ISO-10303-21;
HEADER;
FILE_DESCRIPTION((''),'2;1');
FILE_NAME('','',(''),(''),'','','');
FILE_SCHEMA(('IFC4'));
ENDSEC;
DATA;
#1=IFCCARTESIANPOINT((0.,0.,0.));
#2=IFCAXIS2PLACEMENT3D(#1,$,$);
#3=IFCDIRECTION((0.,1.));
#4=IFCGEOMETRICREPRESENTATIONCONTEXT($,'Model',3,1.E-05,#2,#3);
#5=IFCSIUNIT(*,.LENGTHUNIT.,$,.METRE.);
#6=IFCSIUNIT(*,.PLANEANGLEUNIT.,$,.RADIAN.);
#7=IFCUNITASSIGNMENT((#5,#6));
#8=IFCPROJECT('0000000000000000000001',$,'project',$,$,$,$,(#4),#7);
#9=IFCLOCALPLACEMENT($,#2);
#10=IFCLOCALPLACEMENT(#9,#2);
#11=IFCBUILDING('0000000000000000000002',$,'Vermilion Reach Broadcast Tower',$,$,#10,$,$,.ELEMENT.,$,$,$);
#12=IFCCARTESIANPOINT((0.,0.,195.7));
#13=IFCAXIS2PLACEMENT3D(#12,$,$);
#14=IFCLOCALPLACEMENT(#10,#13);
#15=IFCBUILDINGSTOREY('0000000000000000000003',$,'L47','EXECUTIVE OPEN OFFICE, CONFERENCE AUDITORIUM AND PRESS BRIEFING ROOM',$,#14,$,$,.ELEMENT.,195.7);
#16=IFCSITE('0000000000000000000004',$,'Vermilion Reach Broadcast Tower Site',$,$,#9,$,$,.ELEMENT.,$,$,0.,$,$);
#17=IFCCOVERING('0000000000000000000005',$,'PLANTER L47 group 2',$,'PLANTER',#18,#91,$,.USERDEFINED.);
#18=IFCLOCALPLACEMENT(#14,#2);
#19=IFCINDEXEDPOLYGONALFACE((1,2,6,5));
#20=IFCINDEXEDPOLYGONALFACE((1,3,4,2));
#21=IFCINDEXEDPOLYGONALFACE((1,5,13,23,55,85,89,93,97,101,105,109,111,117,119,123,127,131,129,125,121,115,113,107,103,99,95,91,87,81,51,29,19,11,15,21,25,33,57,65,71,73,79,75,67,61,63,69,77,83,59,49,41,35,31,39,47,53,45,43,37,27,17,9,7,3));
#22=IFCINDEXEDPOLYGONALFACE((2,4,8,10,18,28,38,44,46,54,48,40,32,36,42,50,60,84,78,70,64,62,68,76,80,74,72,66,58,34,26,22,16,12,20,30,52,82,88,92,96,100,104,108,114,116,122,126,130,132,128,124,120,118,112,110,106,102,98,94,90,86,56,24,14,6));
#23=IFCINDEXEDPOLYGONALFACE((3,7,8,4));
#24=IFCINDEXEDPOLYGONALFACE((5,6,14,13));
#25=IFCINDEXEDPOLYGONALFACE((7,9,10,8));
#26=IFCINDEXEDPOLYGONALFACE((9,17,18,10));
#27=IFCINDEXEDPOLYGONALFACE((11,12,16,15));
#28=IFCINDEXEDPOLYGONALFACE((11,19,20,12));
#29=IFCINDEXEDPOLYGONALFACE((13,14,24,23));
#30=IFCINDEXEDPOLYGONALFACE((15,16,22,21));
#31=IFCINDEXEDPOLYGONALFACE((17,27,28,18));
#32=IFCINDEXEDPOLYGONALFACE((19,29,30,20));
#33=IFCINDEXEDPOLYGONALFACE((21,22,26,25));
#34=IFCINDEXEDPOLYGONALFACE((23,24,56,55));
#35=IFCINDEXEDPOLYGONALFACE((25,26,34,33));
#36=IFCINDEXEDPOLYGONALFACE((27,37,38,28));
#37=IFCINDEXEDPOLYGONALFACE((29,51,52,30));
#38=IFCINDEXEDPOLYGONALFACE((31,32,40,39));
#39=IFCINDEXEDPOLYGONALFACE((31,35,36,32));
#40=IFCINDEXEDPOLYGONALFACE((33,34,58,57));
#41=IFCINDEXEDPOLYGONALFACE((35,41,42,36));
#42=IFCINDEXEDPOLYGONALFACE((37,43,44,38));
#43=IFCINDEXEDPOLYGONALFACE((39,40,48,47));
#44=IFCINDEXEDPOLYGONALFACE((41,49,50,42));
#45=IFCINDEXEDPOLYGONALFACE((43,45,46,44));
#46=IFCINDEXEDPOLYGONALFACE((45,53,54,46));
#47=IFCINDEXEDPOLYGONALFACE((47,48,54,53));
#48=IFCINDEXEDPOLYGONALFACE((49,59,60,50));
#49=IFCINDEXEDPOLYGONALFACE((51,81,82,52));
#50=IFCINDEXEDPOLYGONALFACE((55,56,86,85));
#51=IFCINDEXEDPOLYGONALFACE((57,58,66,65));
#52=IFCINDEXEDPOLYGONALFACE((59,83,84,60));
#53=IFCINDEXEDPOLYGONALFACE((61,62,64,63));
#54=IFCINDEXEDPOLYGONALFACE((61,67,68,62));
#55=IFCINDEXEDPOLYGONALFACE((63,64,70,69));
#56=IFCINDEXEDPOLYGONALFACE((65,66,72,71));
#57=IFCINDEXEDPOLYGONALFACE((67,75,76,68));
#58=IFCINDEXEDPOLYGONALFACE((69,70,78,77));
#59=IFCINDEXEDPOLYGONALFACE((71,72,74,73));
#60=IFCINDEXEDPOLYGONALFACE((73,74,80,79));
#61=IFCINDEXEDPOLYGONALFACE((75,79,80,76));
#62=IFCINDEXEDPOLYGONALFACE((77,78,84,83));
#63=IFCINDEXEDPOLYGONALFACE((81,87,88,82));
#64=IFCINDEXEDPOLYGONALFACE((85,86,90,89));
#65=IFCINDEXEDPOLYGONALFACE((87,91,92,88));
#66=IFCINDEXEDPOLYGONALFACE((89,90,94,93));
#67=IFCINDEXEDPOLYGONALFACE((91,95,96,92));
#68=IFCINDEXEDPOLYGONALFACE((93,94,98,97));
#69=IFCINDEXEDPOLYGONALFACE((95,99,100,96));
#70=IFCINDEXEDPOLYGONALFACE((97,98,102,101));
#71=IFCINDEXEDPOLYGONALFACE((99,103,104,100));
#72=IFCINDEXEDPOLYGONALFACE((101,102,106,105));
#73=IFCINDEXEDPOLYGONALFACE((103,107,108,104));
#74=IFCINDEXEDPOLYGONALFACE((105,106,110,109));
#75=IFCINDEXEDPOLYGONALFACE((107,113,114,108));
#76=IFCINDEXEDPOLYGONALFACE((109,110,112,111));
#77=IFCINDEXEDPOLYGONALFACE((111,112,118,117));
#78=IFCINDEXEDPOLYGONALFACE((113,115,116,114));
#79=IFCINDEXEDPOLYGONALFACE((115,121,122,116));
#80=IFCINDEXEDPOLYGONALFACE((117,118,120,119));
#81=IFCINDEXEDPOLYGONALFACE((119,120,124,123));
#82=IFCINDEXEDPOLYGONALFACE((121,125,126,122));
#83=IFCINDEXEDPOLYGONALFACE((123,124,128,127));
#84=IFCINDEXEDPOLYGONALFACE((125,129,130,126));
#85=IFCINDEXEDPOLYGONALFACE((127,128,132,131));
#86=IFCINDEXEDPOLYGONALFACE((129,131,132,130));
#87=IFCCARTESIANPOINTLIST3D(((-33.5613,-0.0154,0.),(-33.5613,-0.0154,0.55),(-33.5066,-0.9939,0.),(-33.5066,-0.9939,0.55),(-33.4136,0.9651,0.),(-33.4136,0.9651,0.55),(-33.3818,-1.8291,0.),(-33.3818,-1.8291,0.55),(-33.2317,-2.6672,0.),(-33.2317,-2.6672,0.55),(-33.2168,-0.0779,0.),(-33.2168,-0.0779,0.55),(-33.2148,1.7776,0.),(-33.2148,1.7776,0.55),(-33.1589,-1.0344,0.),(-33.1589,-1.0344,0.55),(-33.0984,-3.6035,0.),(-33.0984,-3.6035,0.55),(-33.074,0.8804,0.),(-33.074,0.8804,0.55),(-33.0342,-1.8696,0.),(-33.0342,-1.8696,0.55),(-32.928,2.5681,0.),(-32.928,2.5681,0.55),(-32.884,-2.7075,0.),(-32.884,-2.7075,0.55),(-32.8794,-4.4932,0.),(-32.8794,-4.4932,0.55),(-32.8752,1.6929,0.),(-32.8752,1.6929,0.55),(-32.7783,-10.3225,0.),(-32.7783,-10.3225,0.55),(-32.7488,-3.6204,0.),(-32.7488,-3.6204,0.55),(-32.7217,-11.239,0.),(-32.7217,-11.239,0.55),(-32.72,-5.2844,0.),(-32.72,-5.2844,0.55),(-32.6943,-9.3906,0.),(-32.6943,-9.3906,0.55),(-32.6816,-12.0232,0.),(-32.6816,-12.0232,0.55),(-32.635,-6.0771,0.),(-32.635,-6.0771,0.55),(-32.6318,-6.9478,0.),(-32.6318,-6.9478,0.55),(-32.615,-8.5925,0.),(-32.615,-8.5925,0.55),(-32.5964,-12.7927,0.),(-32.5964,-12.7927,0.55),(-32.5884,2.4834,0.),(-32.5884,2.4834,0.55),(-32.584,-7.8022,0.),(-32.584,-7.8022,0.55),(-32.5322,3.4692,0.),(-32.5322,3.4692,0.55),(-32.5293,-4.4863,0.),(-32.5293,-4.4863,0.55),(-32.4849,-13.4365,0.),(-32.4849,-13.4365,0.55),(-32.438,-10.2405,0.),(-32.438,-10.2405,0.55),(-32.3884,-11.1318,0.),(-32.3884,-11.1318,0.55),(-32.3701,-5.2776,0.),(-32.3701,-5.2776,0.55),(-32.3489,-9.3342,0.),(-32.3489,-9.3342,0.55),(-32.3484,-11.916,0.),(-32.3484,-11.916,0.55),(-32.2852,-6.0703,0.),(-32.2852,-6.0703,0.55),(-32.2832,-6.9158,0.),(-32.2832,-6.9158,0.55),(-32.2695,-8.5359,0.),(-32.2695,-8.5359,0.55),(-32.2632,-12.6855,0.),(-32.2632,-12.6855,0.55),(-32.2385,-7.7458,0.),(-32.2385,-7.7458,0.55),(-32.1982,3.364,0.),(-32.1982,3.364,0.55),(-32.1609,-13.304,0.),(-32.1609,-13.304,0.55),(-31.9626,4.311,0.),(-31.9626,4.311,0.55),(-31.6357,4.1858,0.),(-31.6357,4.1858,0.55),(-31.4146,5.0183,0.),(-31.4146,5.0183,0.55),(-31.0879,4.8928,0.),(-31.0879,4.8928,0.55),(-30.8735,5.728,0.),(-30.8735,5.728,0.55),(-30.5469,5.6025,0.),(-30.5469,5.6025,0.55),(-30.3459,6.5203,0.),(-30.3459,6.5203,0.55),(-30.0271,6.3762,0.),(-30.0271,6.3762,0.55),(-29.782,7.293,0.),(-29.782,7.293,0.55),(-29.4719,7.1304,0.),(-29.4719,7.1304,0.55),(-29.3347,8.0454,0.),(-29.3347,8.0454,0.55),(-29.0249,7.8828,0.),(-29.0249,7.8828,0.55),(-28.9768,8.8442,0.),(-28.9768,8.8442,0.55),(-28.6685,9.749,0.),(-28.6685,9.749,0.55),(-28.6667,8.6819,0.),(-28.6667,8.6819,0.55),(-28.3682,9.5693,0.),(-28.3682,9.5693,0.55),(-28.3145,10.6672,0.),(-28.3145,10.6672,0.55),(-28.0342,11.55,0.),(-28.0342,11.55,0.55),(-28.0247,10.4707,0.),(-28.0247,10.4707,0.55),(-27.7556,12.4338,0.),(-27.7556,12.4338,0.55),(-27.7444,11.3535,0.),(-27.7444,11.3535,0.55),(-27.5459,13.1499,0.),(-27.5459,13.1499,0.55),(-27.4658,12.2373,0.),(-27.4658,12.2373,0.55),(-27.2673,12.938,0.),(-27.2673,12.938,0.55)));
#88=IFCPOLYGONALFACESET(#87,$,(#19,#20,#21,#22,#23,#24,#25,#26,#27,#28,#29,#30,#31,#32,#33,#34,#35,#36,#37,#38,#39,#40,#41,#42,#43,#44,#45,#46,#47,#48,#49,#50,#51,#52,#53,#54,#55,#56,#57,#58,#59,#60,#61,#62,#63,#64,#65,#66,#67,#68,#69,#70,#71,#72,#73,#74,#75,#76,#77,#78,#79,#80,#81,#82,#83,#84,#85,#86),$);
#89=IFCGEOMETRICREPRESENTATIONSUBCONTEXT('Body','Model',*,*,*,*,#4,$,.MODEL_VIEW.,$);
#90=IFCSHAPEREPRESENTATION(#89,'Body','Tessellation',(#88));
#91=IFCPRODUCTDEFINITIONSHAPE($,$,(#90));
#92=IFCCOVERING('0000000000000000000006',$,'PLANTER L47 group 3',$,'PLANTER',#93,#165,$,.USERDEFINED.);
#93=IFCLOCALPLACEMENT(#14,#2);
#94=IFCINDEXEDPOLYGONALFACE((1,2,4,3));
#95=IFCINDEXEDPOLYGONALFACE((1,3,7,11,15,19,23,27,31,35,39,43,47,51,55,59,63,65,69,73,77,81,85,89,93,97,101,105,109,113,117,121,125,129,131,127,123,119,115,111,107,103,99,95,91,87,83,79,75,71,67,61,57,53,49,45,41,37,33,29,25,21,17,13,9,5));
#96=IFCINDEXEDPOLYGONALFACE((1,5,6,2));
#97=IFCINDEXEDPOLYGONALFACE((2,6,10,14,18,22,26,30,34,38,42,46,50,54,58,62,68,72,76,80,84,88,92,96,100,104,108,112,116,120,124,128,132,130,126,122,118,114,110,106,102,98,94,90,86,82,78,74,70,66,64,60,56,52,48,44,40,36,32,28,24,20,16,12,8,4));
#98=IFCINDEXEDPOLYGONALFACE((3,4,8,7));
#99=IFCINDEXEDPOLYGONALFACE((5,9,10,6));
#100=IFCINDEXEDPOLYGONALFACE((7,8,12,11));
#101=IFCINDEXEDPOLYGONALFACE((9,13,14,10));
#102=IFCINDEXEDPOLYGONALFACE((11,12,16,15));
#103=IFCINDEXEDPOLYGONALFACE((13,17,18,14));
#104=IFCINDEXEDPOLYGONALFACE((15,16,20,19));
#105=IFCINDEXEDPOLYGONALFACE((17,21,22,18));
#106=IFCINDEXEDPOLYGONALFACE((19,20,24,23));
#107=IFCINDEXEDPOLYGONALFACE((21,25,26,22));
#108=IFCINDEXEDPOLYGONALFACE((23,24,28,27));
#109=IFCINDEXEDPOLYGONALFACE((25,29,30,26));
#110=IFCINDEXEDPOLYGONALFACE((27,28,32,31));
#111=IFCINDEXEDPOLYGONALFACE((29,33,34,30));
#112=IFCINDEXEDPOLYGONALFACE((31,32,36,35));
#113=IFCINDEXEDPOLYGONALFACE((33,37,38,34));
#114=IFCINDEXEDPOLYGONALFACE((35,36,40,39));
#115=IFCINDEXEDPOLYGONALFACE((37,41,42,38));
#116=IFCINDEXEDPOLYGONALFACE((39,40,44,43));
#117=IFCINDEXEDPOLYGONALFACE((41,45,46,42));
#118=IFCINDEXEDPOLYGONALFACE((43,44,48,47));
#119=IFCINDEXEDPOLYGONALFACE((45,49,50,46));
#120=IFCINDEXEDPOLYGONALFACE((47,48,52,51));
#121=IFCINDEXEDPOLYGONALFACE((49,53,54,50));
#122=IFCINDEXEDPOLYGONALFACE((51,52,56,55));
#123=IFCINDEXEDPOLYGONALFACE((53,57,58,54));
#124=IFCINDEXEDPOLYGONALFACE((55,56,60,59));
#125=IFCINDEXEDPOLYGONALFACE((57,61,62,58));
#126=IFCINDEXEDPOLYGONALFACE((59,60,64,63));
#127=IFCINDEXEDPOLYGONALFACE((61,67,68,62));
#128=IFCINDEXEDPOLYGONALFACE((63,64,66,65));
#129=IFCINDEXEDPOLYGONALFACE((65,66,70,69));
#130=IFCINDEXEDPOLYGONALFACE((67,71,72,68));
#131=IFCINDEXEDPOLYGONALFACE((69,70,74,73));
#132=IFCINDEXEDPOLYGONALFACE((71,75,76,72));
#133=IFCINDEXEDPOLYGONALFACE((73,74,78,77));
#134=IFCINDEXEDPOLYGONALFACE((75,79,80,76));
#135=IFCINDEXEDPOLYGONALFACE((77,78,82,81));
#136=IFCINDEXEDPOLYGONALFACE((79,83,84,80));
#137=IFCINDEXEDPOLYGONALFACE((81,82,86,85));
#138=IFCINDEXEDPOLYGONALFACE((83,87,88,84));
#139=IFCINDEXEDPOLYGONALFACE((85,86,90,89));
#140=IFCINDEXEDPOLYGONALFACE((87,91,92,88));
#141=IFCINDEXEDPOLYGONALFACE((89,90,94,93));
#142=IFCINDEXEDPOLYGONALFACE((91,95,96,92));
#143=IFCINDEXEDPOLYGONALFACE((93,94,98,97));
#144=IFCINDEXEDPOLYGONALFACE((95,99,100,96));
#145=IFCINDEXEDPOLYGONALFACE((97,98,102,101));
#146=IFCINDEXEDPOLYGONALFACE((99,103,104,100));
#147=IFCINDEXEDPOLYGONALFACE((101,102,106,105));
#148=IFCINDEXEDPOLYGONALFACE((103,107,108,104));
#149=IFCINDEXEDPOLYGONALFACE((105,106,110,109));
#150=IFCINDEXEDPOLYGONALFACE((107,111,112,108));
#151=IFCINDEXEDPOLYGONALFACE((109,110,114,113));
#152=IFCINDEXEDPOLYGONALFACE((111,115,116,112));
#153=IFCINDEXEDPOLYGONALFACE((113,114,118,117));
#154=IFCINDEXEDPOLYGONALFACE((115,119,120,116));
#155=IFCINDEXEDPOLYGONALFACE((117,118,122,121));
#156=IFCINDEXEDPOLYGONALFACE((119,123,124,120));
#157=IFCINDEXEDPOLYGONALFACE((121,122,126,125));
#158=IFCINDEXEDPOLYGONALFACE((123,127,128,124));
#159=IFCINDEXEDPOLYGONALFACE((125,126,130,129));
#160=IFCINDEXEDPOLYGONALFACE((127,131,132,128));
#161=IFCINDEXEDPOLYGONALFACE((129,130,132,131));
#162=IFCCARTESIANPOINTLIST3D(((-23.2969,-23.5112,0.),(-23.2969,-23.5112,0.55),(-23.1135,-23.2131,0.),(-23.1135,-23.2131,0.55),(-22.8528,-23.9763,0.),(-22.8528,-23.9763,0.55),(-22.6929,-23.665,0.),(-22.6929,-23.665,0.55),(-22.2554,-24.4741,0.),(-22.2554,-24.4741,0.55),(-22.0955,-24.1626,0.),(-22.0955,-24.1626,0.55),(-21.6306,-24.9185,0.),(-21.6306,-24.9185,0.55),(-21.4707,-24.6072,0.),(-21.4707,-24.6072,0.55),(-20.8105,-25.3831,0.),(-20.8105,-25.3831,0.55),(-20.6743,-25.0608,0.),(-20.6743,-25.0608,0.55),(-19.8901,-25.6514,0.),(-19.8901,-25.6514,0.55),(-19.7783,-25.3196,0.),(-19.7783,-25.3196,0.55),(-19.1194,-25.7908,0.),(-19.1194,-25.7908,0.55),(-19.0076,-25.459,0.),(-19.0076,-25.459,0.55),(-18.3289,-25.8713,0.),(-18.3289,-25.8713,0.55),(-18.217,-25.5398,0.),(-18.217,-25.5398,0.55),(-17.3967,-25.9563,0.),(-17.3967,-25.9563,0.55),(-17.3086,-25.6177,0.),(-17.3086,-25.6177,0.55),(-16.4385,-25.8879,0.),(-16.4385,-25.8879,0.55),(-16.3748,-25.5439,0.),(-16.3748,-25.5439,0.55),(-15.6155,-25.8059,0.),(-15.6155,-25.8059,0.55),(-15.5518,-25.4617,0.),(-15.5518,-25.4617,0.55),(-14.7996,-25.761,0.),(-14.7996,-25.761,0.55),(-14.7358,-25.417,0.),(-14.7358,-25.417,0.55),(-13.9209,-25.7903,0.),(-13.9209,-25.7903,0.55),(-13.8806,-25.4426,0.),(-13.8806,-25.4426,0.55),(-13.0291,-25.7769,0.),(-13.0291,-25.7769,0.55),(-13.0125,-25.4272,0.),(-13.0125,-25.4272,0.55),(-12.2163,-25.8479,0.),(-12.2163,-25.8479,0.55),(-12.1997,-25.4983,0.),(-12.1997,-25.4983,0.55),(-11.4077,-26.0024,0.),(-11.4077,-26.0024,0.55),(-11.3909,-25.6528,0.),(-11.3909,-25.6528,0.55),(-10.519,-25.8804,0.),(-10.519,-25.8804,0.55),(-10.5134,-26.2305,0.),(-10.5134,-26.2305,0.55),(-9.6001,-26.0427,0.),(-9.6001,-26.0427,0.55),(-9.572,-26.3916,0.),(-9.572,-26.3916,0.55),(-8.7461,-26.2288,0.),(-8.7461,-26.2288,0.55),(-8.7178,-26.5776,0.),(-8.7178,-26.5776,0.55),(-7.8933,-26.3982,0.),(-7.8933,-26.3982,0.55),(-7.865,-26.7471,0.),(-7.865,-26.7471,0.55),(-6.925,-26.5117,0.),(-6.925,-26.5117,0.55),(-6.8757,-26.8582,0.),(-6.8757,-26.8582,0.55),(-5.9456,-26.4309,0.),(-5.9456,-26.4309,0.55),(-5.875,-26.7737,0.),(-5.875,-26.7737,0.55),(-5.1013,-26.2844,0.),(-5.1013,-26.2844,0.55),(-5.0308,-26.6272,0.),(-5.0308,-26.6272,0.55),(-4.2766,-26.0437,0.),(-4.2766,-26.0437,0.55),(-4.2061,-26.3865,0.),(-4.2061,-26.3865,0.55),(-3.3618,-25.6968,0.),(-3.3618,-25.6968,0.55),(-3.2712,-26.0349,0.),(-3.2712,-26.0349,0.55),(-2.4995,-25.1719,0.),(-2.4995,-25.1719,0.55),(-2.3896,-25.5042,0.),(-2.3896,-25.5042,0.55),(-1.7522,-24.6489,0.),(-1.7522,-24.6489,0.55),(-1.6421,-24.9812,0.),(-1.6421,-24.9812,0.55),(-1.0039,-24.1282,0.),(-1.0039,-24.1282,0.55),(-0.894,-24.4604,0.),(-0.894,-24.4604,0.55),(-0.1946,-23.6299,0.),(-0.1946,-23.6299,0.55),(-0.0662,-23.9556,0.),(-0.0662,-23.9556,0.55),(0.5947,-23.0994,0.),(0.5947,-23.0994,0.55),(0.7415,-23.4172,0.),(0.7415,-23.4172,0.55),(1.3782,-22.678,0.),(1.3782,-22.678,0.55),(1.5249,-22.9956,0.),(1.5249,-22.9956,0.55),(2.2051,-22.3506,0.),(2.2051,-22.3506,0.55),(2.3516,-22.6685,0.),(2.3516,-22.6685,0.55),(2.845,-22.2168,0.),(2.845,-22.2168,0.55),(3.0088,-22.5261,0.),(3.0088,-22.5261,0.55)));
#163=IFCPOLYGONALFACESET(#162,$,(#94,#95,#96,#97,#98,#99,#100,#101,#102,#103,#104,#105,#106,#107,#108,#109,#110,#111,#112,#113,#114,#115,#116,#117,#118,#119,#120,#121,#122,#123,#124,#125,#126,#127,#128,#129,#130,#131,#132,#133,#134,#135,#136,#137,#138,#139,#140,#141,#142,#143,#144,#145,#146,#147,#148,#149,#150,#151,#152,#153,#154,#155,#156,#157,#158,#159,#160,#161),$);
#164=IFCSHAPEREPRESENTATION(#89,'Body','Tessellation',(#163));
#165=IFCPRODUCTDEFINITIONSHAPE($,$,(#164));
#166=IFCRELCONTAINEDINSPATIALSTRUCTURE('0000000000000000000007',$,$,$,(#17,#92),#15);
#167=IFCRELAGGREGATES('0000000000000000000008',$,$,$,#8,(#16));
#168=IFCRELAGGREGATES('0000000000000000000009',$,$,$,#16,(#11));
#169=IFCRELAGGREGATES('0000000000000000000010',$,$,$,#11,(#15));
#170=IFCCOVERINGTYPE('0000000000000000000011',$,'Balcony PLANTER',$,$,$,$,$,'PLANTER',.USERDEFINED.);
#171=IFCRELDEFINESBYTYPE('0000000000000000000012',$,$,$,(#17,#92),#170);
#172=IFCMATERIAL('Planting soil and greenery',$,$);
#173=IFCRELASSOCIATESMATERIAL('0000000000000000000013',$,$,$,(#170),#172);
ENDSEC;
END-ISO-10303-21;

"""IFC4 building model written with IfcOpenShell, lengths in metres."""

from ifc_helpers import new_model, si_unit, direction, frame, origin, place, context, subcontext, project, spatial, polyline, outline, extrude, material, type_object, element, save


model = new_model("IFC4")

# Units and contexts
model_context = context("Model", 3, precision=1e-05, world=origin(), true_north=direction((0.0, 1.0)))
body_context = subcontext(model_context, "Body", "Model", "MODEL_VIEW")
ifc_project = project(units=[si_unit("LENGTHUNIT", "METRE"), si_unit("PLANEANGLEUNIT", "RADIAN")], contexts=[model_context])

# Site, building, storey
site_placement = place(None, origin())
site = spatial("IfcSite", under=ifc_project, at=site_placement, Name="Vermilion Reach Broadcast Tower Site", CompositionType="ELEMENT", RefElevation=0.0)
building_placement = place(site_placement, origin())
building = spatial("IfcBuilding", under=site, at=building_placement, Name="Vermilion Reach Broadcast Tower", CompositionType="ELEMENT")
storey_placement = place(building_placement, frame((0.0, 0.0, 195.7)))
storey = spatial("IfcBuildingStorey", under=building, at=storey_placement, Name="L47", Description="EXECUTIVE OPEN OFFICE, CONFERENCE AUDITORIUM AND PRESS BRIEFING ROOM", CompositionType="ELEMENT", Elevation=195.7)

# Shared definitions
placement_1 = place(storey_placement, origin())

# Coverings
ifc_material_1 = material(Name="Planting soil and greenery")
covering_type = type_object("IfcCoveringType", Name="Balcony PLANTER", ElementType="PLANTER", PredefinedType="USERDEFINED", material=ifc_material_1)
element("IfcCovering", 1, at=placement_1, inside=storey, type_object=covering_type, Name="PLANTER L47 group 2", ObjectType="PLANTER", PredefinedType="USERDEFINED", context=body_context, shape_type="SweptSolid", body=[
    extrude(outline(polyline([(-27.5459, 13.1499), (-27.7556, 12.4338), (-28.0342, 11.55), (-28.3145, 10.6672), (-28.6685, 9.749), (-28.9768, 8.8442), (-29.3347, 8.0454), (-29.782, 7.293), (-30.3459, 6.5203), (-30.8735, 5.728), (-31.4146, 5.0183), (-31.9626, 4.311), (-32.5322, 3.4692), (-32.928, 2.5681), (-33.2148, 1.7776), (-33.4136, 0.9651), (-33.5613, -0.0154), (-33.5066, -0.9939), (-33.3818, -1.8291), (-33.2317, -2.6672), (-33.0984, -3.6035), (-32.8794, -4.4932), (-32.72, -5.2844), (-32.635, -6.0771), (-32.6318, -6.9478), (-32.584, -7.8022), (-32.615, -8.5925), (-32.6943, -9.3906), (-32.7783, -10.3225), (-32.7217, -11.239), (-32.6816, -12.0232), (-32.5964, -12.7927), (-32.4849, -13.4365), (-32.1609, -13.304), (-32.2632, -12.6855), (-32.3484, -11.916), (-32.3884, -11.1318), (-32.438, -10.2405), (-32.3489, -9.3342), (-32.2695, -8.5359), (-32.2385, -7.7458), (-32.2832, -6.9158), (-32.2852, -6.0703), (-32.3701, -5.2776), (-32.5293, -4.4863), (-32.7488, -3.6204), (-32.884, -2.7075), (-33.0342, -1.8696), (-33.1589, -1.0344), (-33.2168, -0.0779), (-33.074, 0.8804), (-32.8752, 1.6929), (-32.5884, 2.4834), (-32.1982, 3.364), (-31.6357, 4.1858), (-31.0879, 4.8928), (-30.5469, 5.6025), (-30.0271, 6.3762), (-29.4719, 7.1304), (-29.0249, 7.8828), (-28.6667, 8.6819), (-28.3682, 9.5693), (-28.0247, 10.4707), (-27.7444, 11.3535), (-27.4658, 12.2373), (-27.2673, 12.938), (-27.5459, 13.1499)])), origin(), (0.0, 0.0, 1.0), 0.55),
])
element("IfcCovering", 2, at=placement_1, inside=storey, type_object=covering_type, Name="PLANTER L47 group 3", ObjectType="PLANTER", PredefinedType="USERDEFINED", context=body_context, shape_type="SweptSolid", body=[
    extrude(outline(polyline([(-23.2969, -23.5112), (-22.8528, -23.9763), (-22.2554, -24.4741), (-21.6306, -24.9185), (-20.8105, -25.3831), (-19.8901, -25.6514), (-19.1194, -25.7908), (-18.3289, -25.8713), (-17.3967, -25.9563), (-16.4385, -25.8879), (-15.6155, -25.8059), (-14.7996, -25.761), (-13.9209, -25.7903), (-13.0291, -25.7769), (-12.2163, -25.8479), (-11.4077, -26.0024), (-10.5134, -26.2305), (-9.572, -26.3916), (-8.7178, -26.5776), (-7.865, -26.7471), (-6.8757, -26.8582), (-5.875, -26.7737), (-5.0308, -26.6272), (-4.2061, -26.3865), (-3.2712, -26.0349), (-2.3896, -25.5042), (-1.6421, -24.9812), (-0.894, -24.4604), (-0.0662, -23.9556), (0.7415, -23.4172), (1.5249, -22.9956), (2.3516, -22.6685), (3.0088, -22.5261), (2.845, -22.2168), (2.2051, -22.3506), (1.3782, -22.678), (0.5947, -23.0994), (-0.1946, -23.6299), (-1.0039, -24.1282), (-1.7522, -24.6489), (-2.4995, -25.1719), (-3.3618, -25.6968), (-4.2766, -26.0437), (-5.1013, -26.2844), (-5.9456, -26.4309), (-6.925, -26.5117), (-7.8933, -26.3982), (-8.7461, -26.2288), (-9.6001, -26.0427), (-10.519, -25.8804), (-11.3909, -25.6528), (-12.1997, -25.4983), (-13.0125, -25.4272), (-13.8806, -25.4426), (-14.7358, -25.417), (-15.5518, -25.4617), (-16.3748, -25.5439), (-17.3086, -25.6177), (-18.217, -25.5398), (-19.0076, -25.459), (-19.7783, -25.3196), (-20.6743, -25.0608), (-21.4707, -24.6072), (-22.0955, -24.1626), (-22.6929, -23.665), (-23.1135, -23.2131), (-23.2969, -23.5112)])), origin(), (0.0, 0.0, 1.0), 0.55),
])

save(model, "model.ifc")
